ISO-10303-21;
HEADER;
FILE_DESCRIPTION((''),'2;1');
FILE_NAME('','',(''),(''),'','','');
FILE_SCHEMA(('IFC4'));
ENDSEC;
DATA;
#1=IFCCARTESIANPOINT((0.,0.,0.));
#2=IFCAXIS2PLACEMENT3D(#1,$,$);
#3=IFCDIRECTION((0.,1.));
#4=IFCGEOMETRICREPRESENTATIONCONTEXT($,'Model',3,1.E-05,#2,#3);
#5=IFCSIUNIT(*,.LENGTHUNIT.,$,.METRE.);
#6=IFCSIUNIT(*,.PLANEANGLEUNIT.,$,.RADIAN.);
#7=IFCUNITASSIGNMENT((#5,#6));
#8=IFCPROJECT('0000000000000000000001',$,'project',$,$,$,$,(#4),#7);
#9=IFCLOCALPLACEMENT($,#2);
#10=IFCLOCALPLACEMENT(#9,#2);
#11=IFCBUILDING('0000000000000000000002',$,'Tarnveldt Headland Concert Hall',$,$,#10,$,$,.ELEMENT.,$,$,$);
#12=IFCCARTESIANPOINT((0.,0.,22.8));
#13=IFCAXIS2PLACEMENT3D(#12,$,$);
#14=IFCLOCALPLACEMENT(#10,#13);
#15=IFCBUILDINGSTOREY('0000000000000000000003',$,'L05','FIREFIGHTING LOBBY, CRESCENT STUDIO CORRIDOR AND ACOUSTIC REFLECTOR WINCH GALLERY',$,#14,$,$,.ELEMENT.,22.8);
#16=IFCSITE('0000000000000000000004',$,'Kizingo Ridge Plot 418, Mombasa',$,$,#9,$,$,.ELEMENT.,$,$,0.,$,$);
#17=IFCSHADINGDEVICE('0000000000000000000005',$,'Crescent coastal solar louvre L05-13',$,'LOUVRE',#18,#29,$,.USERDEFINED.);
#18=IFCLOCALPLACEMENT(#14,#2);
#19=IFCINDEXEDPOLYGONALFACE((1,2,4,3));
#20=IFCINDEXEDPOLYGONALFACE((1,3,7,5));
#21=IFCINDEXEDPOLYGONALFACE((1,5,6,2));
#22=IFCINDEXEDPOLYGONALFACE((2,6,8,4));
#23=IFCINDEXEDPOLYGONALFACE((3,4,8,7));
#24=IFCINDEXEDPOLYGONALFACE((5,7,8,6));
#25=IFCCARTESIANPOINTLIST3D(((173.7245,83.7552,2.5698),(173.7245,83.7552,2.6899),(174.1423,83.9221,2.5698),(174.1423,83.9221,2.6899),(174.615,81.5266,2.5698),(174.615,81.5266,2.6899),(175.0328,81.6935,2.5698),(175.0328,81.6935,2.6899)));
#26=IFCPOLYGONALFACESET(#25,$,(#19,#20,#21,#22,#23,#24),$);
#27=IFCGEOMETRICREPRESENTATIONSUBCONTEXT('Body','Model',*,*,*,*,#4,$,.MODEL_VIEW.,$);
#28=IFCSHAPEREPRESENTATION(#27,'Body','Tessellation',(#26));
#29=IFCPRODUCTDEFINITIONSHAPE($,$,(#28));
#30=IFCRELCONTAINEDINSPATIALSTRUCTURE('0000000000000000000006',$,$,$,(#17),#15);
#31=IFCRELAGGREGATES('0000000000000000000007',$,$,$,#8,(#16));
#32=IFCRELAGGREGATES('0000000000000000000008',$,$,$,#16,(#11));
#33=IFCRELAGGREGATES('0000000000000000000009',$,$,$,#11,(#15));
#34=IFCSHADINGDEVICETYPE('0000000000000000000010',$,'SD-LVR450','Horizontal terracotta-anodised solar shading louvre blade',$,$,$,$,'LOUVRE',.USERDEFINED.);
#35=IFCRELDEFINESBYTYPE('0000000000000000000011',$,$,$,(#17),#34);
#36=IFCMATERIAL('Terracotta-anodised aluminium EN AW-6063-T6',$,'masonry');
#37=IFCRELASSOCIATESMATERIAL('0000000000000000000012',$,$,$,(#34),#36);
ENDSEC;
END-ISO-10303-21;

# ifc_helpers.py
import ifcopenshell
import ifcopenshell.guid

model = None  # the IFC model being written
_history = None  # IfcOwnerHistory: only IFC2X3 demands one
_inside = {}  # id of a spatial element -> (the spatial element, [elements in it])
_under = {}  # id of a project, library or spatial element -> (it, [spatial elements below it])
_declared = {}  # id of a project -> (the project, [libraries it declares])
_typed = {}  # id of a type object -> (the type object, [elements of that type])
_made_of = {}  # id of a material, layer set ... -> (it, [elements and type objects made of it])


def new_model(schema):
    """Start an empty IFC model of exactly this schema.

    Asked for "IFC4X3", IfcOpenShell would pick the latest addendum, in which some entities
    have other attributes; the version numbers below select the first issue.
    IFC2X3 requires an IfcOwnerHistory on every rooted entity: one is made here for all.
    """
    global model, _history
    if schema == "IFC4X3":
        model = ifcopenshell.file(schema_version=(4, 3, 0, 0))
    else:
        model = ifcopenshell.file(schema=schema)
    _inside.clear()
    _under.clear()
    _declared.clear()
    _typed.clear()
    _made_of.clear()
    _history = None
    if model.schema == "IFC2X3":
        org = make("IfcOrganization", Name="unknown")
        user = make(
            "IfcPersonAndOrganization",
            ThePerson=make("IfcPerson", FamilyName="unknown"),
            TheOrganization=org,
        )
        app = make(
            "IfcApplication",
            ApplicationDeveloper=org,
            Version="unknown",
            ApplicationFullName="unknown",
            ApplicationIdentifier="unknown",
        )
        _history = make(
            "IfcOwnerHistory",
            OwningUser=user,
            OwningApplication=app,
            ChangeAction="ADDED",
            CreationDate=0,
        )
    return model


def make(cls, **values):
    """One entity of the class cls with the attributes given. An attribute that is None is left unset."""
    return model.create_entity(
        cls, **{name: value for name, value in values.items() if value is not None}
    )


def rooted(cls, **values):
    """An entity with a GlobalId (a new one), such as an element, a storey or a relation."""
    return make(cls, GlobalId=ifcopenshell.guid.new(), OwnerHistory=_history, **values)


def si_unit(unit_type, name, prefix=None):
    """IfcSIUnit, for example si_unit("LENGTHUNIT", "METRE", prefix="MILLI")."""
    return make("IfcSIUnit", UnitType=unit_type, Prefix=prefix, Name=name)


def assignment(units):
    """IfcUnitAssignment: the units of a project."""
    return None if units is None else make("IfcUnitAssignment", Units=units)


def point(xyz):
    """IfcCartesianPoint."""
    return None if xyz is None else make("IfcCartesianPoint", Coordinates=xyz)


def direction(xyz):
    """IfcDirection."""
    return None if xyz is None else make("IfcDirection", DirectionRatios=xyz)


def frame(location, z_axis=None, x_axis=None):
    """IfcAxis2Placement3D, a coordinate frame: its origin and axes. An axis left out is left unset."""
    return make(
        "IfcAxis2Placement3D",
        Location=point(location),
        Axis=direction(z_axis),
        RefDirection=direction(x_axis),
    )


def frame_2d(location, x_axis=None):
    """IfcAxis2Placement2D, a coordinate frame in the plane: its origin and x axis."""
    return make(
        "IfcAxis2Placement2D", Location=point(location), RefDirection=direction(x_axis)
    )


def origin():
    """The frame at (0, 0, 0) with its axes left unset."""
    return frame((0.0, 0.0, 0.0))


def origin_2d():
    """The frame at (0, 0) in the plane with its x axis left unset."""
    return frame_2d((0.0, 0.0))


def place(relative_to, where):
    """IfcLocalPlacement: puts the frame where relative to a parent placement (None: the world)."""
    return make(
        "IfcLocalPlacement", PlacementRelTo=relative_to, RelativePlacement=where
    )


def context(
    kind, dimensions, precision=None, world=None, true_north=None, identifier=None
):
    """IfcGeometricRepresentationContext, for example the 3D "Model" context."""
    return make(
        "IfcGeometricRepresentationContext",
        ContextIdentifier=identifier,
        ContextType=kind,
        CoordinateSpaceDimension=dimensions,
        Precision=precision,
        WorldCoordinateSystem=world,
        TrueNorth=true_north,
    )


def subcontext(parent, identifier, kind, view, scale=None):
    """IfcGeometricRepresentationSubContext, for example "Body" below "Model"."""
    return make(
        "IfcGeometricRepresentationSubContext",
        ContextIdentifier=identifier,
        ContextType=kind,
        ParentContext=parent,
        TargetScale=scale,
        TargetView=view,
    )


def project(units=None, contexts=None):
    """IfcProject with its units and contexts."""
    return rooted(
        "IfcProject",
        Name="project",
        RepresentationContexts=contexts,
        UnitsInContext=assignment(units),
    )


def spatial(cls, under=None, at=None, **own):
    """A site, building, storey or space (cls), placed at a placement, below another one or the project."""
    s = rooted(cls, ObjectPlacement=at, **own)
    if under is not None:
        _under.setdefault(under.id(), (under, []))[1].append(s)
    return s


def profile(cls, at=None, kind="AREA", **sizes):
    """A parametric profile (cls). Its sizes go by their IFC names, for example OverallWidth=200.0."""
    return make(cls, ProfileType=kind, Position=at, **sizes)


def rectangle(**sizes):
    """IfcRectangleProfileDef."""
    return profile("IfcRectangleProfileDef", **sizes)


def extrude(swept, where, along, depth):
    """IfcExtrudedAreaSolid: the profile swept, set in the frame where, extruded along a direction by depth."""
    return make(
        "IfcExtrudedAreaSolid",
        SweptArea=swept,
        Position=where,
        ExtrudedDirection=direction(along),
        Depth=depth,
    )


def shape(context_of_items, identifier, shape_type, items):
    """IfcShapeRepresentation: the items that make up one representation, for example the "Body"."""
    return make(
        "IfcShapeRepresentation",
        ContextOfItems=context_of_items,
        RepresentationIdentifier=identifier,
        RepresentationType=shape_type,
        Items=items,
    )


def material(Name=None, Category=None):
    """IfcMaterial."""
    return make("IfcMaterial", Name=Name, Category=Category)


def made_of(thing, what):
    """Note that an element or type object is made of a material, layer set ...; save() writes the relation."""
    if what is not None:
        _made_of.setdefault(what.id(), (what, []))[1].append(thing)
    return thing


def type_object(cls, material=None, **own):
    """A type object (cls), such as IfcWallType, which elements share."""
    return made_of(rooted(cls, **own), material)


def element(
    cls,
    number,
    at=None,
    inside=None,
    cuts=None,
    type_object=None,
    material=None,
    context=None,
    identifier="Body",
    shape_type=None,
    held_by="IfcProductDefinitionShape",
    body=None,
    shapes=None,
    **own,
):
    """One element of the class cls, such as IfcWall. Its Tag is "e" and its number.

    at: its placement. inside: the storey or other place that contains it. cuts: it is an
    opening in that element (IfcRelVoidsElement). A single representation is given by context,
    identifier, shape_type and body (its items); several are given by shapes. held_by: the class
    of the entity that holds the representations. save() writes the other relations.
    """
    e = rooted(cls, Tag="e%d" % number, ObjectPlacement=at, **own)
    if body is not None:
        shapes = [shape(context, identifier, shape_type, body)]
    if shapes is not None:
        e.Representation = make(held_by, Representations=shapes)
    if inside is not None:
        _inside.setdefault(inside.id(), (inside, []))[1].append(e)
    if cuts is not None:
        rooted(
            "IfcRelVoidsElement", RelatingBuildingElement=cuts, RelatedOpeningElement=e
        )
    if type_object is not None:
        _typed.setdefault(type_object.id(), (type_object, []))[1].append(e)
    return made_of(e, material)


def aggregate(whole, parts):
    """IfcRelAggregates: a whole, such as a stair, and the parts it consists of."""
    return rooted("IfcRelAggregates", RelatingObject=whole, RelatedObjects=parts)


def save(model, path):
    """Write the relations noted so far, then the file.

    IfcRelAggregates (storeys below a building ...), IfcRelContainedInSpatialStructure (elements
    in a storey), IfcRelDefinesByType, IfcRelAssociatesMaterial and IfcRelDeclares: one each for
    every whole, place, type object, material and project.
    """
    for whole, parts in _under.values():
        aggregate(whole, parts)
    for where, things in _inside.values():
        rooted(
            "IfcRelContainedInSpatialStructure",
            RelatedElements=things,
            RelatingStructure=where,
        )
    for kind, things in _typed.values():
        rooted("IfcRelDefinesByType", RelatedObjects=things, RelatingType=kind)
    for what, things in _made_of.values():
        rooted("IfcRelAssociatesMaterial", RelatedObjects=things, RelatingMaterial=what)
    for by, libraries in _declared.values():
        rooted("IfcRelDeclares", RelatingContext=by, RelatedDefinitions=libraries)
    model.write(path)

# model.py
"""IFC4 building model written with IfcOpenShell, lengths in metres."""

from ifc_helpers import new_model, si_unit, direction, frame, origin, origin_2d, place, context, subcontext, project, spatial, rectangle, extrude, material, type_object, element, save


model = new_model("IFC4")

# Units and contexts
model_context = context("Model", 3, precision=1e-05, world=origin(), true_north=direction((0.0, 1.0)))
body_context = subcontext(model_context, "Body", "Model", "MODEL_VIEW")
ifc_project = project(units=[si_unit("LENGTHUNIT", "METRE"), si_unit("PLANEANGLEUNIT", "RADIAN")], contexts=[model_context])

# Site, building, storey
site_placement = place(None, origin())
site = spatial("IfcSite", under=ifc_project, at=site_placement, Name="Kizingo Ridge Plot 418, Mombasa", CompositionType="ELEMENT", RefElevation=0.0)
building_placement = place(site_placement, origin())
building = spatial("IfcBuilding", under=site, at=building_placement, Name="Tarnveldt Headland Concert Hall", CompositionType="ELEMENT")
storey_placement = place(building_placement, frame((0.0, 0.0, 22.8)))
storey = spatial("IfcBuildingStorey", under=building, at=storey_placement, Name="L05", Description="FIREFIGHTING LOBBY, CRESCENT STUDIO CORRIDOR AND ACOUSTIC REFLECTOR WINCH GALLERY", CompositionType="ELEMENT", Elevation=22.8)

# Shading device
ifc_material_1 = material(Name="Terracotta-anodised aluminium EN AW-6063-T6", Category="masonry")
shading_device_type = type_object("IfcShadingDeviceType", Name="SD-LVR450", Description="Horizontal terracotta-anodised solar shading louvre blade", ElementType="LOUVRE", PredefinedType="USERDEFINED", material=ifc_material_1)
shading_device_placement = place(storey_placement, frame((174.3787, 82.7244, 2.5698), z_axis=(0.0, 0.0, 1.0), x_axis=(0.928615, 0.371044, 0.0)))
element("IfcShadingDevice", 1, at=shading_device_placement, inside=storey, type_object=shading_device_type, Name="Crescent coastal solar louvre L05-13", ObjectType="LOUVRE", PredefinedType="USERDEFINED", context=body_context, shape_type="SweptSolid", body=[
    extrude(rectangle(XDim=0.45, YDim=2.3999, at=origin_2d()), origin(), (0.0, 0.0, 1.0), 0.1201),
])

save(model, "model.ifc")
